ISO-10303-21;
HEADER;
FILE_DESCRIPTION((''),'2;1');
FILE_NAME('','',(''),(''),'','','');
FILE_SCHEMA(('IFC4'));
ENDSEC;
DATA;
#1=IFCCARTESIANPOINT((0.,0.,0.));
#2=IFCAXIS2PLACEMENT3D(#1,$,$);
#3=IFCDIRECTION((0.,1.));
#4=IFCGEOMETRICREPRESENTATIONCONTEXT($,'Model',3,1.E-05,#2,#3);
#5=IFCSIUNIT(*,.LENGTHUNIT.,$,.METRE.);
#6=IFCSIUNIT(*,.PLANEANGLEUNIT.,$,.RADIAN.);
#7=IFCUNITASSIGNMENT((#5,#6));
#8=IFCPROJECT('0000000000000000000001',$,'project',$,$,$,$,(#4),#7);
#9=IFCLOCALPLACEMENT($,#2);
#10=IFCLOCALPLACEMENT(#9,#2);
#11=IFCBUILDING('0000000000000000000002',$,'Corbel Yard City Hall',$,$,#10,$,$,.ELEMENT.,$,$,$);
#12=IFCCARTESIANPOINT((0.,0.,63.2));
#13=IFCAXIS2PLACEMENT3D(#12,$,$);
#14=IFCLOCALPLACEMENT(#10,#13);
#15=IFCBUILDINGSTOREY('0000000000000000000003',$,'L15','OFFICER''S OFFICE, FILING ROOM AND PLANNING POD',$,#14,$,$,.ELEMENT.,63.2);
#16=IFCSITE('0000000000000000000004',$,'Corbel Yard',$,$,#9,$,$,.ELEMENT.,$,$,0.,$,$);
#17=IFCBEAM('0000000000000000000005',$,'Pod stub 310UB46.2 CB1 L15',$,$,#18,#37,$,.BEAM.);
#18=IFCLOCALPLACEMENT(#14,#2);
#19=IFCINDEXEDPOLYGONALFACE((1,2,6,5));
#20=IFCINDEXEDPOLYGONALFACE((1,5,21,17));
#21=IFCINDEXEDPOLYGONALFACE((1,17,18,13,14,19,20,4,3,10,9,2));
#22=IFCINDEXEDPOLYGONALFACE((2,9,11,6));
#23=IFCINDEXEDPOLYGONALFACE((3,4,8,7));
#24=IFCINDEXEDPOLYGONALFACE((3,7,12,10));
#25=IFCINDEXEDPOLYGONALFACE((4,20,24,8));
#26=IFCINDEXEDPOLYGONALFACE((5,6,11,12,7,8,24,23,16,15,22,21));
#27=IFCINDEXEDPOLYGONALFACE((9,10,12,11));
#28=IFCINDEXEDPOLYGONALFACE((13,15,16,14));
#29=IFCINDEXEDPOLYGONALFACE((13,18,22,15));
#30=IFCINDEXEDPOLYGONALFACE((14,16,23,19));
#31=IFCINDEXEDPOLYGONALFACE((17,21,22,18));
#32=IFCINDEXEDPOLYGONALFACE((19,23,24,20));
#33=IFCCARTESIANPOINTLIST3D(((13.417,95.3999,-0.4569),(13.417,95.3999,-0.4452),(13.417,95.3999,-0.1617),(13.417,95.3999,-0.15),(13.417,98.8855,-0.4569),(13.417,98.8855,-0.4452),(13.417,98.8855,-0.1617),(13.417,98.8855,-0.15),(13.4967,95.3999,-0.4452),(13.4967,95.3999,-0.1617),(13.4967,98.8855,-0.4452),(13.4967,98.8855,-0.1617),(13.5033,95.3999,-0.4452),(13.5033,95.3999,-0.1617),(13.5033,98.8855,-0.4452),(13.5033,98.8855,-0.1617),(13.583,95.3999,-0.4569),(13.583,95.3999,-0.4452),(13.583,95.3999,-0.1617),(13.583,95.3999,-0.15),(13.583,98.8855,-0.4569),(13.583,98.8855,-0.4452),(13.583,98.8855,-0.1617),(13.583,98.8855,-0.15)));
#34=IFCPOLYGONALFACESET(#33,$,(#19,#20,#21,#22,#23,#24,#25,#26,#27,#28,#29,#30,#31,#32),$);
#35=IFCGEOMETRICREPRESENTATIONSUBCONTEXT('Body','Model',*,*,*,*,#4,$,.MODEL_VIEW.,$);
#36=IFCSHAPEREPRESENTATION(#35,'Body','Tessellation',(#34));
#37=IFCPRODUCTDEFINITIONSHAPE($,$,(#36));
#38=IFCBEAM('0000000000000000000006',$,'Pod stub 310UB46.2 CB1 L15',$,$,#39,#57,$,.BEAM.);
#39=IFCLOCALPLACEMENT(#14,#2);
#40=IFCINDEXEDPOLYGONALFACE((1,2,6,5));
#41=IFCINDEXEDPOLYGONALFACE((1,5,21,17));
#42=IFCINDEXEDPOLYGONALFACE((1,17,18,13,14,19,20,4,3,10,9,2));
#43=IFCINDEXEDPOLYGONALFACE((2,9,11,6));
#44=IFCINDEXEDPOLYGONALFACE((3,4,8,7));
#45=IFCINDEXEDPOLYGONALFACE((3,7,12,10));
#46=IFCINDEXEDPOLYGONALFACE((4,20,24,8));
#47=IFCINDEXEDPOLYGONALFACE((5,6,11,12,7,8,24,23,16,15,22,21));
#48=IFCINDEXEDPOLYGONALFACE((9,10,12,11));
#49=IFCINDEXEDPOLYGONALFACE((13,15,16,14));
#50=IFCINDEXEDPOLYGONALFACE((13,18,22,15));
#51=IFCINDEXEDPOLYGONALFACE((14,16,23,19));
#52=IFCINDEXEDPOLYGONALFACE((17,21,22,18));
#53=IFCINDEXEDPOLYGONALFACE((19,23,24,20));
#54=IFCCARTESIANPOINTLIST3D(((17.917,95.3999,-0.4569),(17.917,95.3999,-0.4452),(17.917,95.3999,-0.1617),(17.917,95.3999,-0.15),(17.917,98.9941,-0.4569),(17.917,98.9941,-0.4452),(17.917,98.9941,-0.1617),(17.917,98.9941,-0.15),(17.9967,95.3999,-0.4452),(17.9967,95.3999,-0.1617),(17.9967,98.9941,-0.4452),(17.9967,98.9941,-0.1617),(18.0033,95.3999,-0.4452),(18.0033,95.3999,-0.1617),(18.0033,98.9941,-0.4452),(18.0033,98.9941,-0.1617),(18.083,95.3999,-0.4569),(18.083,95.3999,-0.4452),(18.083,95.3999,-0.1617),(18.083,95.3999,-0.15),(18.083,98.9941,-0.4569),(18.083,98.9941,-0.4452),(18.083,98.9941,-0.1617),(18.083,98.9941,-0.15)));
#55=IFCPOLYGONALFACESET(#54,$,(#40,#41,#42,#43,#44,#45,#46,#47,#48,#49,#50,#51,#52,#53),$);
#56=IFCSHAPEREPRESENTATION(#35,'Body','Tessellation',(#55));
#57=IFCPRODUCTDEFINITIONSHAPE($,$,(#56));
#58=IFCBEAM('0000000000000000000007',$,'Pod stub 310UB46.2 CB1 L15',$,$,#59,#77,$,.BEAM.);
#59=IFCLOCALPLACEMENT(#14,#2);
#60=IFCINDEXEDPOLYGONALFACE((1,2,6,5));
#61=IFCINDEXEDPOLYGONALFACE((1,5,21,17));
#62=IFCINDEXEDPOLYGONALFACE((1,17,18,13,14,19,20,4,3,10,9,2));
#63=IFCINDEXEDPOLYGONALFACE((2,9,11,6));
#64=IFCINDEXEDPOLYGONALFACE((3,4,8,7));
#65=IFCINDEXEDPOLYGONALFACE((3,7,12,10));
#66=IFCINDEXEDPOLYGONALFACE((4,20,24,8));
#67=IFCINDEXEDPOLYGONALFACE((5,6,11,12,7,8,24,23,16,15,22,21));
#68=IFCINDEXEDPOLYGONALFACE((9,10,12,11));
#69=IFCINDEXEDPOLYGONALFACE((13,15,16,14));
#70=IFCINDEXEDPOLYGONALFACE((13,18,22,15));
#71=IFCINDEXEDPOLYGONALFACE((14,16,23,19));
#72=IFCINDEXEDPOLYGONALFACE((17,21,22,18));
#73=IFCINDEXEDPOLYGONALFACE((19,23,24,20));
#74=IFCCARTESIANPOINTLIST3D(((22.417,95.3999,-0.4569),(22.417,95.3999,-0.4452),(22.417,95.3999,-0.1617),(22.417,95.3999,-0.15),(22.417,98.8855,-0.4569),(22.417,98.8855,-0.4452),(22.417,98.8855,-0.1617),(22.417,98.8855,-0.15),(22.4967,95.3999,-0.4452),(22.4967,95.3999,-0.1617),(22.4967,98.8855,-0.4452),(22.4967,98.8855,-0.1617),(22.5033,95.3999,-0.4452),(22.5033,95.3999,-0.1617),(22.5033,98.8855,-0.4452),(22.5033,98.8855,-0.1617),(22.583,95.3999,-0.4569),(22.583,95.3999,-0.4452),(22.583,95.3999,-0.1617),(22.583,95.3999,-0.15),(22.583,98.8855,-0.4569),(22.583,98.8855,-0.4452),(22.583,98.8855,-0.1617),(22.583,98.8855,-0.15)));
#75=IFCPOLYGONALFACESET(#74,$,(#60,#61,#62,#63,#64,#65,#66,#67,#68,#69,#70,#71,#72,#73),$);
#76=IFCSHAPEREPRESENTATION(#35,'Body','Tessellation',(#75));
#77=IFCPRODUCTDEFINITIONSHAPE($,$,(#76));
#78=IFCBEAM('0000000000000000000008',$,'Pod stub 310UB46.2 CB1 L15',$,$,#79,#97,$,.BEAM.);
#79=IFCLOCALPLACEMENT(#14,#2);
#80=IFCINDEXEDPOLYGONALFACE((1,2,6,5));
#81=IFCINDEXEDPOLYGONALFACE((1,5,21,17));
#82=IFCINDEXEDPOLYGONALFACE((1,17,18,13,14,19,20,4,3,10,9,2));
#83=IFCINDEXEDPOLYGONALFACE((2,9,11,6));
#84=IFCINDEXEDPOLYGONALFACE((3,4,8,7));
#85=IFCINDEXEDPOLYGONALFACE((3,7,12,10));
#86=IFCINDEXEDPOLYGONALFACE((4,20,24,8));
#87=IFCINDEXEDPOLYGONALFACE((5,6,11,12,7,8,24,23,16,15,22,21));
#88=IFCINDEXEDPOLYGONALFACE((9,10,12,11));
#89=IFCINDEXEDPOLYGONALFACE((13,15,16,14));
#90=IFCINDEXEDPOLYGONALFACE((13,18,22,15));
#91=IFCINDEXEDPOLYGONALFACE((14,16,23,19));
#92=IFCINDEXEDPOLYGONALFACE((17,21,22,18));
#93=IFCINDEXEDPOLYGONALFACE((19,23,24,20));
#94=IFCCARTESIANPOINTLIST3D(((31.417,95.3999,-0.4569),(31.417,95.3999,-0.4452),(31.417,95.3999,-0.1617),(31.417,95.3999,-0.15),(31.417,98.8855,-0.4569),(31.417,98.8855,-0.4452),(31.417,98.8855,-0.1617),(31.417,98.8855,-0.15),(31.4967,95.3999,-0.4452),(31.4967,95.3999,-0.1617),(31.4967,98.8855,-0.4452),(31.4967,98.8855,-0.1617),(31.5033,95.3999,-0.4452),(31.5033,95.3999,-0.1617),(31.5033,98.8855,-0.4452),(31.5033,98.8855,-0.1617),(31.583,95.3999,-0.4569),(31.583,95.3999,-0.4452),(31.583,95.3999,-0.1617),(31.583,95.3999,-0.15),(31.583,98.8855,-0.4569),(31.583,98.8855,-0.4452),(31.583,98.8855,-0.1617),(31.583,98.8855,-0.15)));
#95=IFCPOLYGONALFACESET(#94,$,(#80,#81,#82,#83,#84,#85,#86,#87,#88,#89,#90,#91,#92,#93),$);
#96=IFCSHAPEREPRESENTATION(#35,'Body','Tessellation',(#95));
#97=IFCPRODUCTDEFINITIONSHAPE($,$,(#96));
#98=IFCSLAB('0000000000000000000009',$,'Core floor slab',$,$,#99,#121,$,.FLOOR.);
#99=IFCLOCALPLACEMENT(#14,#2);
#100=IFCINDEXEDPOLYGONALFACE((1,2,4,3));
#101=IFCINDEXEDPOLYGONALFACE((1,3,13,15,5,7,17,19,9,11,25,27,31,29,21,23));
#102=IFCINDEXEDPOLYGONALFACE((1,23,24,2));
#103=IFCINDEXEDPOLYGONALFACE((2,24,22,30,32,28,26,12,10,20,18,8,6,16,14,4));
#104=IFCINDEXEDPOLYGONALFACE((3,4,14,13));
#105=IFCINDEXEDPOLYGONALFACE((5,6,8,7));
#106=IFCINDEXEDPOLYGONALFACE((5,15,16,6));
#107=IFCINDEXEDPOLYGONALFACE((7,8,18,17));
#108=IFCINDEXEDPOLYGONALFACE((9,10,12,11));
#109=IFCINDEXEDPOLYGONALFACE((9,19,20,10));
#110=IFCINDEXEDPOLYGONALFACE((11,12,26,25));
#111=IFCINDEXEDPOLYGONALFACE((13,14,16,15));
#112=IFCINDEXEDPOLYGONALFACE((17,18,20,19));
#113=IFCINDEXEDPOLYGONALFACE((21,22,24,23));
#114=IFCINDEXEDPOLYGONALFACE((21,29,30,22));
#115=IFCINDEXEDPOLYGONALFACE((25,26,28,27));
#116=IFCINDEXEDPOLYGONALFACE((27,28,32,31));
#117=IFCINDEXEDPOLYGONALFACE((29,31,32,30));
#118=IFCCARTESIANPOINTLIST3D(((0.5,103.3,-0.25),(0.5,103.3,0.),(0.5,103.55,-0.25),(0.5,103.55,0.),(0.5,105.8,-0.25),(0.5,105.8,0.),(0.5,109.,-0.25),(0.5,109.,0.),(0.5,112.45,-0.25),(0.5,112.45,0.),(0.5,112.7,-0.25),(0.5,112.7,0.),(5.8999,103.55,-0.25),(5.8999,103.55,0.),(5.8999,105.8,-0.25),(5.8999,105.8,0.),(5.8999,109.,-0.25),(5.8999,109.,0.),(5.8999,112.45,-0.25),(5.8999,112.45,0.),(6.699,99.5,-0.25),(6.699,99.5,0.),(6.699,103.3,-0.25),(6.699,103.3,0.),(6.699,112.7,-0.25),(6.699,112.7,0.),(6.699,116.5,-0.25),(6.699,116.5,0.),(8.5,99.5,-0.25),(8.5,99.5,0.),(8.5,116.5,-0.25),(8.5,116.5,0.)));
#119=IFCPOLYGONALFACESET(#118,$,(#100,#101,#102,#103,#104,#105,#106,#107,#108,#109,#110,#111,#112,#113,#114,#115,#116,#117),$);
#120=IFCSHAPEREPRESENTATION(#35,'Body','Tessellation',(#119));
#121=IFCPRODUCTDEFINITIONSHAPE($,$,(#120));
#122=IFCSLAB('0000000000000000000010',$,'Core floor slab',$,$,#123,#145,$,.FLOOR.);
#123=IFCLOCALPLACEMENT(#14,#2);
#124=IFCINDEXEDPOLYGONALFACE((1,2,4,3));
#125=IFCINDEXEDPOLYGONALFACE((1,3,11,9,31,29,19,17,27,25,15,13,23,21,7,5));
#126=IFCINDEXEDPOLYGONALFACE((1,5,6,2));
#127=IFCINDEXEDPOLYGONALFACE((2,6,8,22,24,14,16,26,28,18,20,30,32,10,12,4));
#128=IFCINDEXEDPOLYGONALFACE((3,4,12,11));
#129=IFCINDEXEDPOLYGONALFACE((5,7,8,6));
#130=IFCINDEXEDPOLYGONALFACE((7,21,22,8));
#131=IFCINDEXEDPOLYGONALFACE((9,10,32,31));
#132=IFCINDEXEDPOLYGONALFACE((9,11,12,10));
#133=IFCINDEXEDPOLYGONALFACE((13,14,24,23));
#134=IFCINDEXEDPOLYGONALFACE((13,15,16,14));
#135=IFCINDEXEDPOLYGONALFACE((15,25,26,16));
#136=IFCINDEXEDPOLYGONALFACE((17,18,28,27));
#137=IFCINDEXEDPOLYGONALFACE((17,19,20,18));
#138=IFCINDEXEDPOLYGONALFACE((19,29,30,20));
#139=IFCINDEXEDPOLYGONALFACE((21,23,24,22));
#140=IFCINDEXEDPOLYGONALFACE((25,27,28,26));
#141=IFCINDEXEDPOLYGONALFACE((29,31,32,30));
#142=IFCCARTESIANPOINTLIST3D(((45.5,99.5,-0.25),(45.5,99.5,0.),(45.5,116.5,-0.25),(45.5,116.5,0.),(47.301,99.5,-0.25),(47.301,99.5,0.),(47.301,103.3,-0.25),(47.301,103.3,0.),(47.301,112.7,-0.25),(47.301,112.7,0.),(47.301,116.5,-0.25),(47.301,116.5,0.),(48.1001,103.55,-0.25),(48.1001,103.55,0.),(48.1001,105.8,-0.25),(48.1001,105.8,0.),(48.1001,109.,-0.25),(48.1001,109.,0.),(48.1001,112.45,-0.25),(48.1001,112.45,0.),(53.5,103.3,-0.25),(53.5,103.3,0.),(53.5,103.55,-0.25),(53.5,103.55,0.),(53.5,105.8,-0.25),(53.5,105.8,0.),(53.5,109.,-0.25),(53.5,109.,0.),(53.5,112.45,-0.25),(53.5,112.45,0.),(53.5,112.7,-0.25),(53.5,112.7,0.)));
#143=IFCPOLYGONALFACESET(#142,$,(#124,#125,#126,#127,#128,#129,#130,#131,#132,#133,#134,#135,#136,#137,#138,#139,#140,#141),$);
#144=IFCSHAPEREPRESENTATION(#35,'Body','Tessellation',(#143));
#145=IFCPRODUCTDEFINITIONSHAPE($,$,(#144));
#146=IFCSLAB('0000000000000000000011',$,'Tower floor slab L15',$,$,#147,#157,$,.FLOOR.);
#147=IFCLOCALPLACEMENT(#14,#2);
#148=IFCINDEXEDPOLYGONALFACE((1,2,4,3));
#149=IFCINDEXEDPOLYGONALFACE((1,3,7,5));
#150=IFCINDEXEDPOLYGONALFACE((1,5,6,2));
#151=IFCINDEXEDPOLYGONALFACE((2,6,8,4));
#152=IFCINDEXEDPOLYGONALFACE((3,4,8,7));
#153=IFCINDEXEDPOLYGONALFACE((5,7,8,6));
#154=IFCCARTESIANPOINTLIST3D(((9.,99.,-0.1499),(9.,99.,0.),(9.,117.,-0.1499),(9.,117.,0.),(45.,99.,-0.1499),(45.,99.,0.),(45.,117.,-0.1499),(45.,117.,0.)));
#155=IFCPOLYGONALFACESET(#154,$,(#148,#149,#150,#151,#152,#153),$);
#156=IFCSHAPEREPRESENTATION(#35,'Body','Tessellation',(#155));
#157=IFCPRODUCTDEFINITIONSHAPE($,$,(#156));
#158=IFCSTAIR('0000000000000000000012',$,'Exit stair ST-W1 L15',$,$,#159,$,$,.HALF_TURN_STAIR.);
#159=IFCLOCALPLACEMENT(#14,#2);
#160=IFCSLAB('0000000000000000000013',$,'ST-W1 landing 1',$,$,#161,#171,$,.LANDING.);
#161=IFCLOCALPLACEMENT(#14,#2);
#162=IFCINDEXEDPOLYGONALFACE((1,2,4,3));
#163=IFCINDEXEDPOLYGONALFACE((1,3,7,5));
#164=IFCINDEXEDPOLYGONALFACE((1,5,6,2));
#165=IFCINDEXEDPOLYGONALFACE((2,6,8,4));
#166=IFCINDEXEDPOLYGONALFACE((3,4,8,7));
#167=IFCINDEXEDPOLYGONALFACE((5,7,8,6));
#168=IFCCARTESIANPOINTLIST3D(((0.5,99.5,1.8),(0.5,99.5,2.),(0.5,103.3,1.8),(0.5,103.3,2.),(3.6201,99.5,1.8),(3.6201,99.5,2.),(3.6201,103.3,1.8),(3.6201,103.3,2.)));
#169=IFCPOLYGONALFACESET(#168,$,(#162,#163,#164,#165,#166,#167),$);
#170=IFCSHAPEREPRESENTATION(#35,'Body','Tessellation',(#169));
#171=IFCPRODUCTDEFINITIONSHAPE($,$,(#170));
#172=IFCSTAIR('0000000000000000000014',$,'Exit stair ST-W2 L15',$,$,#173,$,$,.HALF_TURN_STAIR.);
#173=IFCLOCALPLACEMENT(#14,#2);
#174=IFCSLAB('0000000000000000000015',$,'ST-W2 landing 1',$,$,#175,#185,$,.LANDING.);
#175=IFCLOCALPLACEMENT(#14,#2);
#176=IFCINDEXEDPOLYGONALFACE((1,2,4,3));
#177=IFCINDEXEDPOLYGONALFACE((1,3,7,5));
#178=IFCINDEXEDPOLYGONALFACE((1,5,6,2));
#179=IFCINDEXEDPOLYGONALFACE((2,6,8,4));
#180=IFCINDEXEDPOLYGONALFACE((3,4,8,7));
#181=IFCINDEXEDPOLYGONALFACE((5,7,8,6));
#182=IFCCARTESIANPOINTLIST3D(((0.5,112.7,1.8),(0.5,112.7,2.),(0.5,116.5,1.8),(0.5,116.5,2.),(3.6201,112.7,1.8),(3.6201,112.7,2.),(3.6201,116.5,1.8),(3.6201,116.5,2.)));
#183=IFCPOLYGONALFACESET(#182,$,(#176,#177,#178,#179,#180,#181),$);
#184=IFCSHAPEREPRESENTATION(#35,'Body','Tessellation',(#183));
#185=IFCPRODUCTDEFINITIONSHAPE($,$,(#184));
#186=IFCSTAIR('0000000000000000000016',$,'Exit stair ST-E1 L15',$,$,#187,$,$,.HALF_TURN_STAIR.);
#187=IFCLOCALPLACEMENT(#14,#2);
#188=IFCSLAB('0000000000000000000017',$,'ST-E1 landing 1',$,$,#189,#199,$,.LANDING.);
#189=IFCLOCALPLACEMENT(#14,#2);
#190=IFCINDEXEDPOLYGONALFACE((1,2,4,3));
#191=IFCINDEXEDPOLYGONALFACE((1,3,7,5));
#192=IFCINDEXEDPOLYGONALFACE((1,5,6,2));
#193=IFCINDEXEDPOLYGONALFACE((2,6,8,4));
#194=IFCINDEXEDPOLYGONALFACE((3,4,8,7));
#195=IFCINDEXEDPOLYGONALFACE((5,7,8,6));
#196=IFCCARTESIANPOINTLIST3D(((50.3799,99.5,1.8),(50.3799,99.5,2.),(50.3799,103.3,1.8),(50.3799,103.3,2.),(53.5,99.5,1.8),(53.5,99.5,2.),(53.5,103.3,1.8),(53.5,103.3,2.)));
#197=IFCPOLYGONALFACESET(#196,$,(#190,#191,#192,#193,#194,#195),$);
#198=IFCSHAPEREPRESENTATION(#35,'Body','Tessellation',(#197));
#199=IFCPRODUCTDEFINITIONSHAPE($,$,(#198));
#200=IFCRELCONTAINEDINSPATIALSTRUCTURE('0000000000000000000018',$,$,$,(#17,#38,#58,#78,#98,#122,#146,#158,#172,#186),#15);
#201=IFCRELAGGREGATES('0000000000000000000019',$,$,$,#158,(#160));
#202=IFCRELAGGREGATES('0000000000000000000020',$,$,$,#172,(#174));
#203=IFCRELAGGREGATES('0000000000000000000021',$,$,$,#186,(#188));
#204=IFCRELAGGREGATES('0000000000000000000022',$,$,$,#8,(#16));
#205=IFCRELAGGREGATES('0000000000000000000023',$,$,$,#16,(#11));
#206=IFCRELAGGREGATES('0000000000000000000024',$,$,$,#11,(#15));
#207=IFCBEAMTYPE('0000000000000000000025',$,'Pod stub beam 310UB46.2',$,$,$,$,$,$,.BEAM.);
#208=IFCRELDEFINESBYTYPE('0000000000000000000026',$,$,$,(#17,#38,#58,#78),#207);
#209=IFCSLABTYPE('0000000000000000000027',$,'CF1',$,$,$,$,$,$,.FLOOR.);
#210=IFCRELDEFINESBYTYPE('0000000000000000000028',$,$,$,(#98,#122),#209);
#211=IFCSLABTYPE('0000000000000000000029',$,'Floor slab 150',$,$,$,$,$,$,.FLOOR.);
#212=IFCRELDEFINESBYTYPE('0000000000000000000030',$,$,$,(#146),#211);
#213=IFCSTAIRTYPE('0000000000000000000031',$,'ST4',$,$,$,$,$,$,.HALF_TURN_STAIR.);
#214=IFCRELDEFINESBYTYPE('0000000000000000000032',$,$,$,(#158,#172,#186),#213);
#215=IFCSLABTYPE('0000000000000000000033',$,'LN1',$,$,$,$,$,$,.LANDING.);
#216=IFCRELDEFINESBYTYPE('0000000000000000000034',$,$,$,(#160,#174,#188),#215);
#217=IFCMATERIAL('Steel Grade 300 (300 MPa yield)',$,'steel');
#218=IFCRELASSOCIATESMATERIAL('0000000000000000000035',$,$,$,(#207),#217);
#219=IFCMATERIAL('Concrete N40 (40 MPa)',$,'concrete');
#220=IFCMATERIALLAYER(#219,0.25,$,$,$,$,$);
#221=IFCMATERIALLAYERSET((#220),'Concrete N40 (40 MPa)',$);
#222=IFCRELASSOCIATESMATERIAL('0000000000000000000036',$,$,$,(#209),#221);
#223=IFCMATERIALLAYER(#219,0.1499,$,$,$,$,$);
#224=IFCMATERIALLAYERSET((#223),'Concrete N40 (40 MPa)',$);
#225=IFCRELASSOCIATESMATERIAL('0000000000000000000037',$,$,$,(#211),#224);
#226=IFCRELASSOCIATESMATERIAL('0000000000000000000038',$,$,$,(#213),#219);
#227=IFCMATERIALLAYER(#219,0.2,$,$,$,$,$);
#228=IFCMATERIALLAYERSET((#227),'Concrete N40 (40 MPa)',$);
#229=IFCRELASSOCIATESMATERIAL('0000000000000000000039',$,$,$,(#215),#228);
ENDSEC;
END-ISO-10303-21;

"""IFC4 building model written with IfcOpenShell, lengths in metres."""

from ifc_helpers import new_model, si_unit, direction, frame, origin, origin_2d, place, context, subcontext, project, spatial, polyline, i_section, outline, extrude, material, layer, layer_set, material_profile, profile_set, type_object, element, aggregate, save


model = new_model("IFC4")

# Units and contexts
model_context = context("Model", 3, precision=1e-05, world=origin(), true_north=direction((0.0, 1.0)))
body_context = subcontext(model_context, "Body", "Model", "MODEL_VIEW")
ifc_project = project(units=[si_unit("LENGTHUNIT", "METRE"), si_unit("PLANEANGLEUNIT", "RADIAN")], contexts=[model_context])

# Site, building, storey
site_placement = place(None, origin())
site = spatial("IfcSite", under=ifc_project, at=site_placement, Name="Corbel Yard", CompositionType="ELEMENT", RefElevation=0.0)
building_placement = place(site_placement, origin())
building = spatial("IfcBuilding", under=site, at=building_placement, Name="Corbel Yard City Hall", CompositionType="ELEMENT")
storey_placement = place(building_placement, frame((0.0, 0.0, 63.2)))
storey = spatial("IfcBuildingStorey", under=building, at=storey_placement, Name="L15", Description="OFFICER'S OFFICE, FILING ROOM AND PLANNING POD", CompositionType="ELEMENT", Elevation=63.2)

# Beams
ifc_material_1 = material(Name="Steel Grade 300 (300 MPa yield)", Category="steel")
ifc_material_profile = material_profile(ifc_material_1, i_section(OverallWidth=0.166, OverallDepth=0.3069, WebThickness=0.0066, FlangeThickness=0.0117, at=origin_2d()), Name="310UB46.2")
ifc_profile_set = profile_set([ifc_material_profile], Name="Steel Grade 300 (300 MPa yield)")
beam_type = type_object("IfcBeamType", Name="Pod stub beam 310UB46.2", PredefinedType="BEAM", material=ifc_profile_set)
beam_1_placement = place(storey_placement, frame((13.5, 95.3999, -0.3035), z_axis=(0.0, 1.0, 0.0), x_axis=(-1.0, 0.0, 0.0)))
element("IfcBeam", 1, at=beam_1_placement, inside=storey, type_object=beam_type, Name="Pod stub 310UB46.2 CB1 L15", PredefinedType="BEAM", context=body_context, shape_type="SweptSolid", body=[
    extrude(i_section(OverallWidth=0.166, OverallDepth=0.3069, WebThickness=0.0066, FlangeThickness=0.0117, at=origin_2d()), origin(), (0.0, 0.0, 1.0), 3.4856),
])
beam_2_placement = place(storey_placement, frame((18.0, 95.3999, -0.3035), z_axis=(0.0, 1.0, 0.0), x_axis=(-1.0, 0.0, 0.0)))
element("IfcBeam", 2, at=beam_2_placement, inside=storey, type_object=beam_type, Name="Pod stub 310UB46.2 CB1 L15", PredefinedType="BEAM", context=body_context, shape_type="SweptSolid", body=[
    extrude(i_section(OverallWidth=0.166, OverallDepth=0.3069, WebThickness=0.0066, FlangeThickness=0.0117, at=origin_2d()), origin(), (0.0, 0.0, 1.0), 3.5942),
])
for number, where, z_axis, x_axis, name in (
    (3, (22.5, 95.3999, -0.3035), (0.0, 1.0, 0.0), (-1.0, 0.0, 0.0), "Pod stub 310UB46.2 CB1 L15"),
    (4, (31.5, 95.3999, -0.3035), (0.0, 1.0, 0.0), (-1.0, 0.0, 0.0), "Pod stub 310UB46.2 CB1 L15"),
):
    element("IfcBeam", number, at=place(storey_placement, frame(where, z_axis=z_axis, x_axis=x_axis)), inside=storey, type_object=beam_type, Name=name, PredefinedType="BEAM", context=body_context, shape_type="SweptSolid", body=[
        extrude(i_section(OverallWidth=0.166, OverallDepth=0.3069, WebThickness=0.0066, FlangeThickness=0.0117, at=origin_2d()), origin(), (0.0, 0.0, 1.0), 3.4856),
    ])

# Slabs
ifc_material_2 = material(Name="Concrete N40 (40 MPa)", Category="concrete")
ifc_layer_1 = layer(ifc_material_2, 0.25)
ifc_layer_set_1 = layer_set([ifc_layer_1], Name="Concrete N40 (40 MPa)")
slab_type_1 = type_object("IfcSlabType", Name="CF1", PredefinedType="FLOOR", material=ifc_layer_set_1)
slab_1_placement = place(storey_placement, frame((0.0, 0.0, -0.25)))
element("IfcSlab", 5, at=slab_1_placement, inside=storey, type_object=slab_type_1, Name="Core floor slab", PredefinedType="FLOOR", context=body_context, shape_type="SweptSolid", body=[
    extrude(outline(polyline([(8.5, 116.5), (6.699, 116.5), (6.699, 112.7), (0.5, 112.7), (0.5, 112.45), (5.8999, 112.45), (5.8999, 109.0), (0.5, 109.0), (0.5, 105.8), (5.8999, 105.8), (5.8999, 103.55), (0.5, 103.55), (0.5, 103.3), (6.699, 103.3), (6.699, 99.5), (8.5, 99.5), (8.5, 116.5)])), origin(), (0.0, 0.0, 1.0), 0.25),
])
slab_2_placement = place(storey_placement, frame((0.0, 0.0, -0.25)))
element("IfcSlab", 6, at=slab_2_placement, inside=storey, type_object=slab_type_1, Name="Core floor slab", PredefinedType="FLOOR", context=body_context, shape_type="SweptSolid", body=[
    extrude(outline(polyline([(53.5, 103.3), (53.5, 103.55), (48.1001, 103.55), (48.1001, 105.8), (53.5, 105.8), (53.5, 109.0), (48.1001, 109.0), (48.1001, 112.45), (53.5, 112.45), (53.5, 112.7), (47.301, 112.7), (47.301, 116.5), (45.5, 116.5), (45.5, 99.5), (47.301, 99.5), (47.301, 103.3), (53.5, 103.3)])), origin(), (0.0, 0.0, 1.0), 0.25),
])
ifc_layer_2 = layer(ifc_material_2, 0.1499)
ifc_layer_set_2 = layer_set([ifc_layer_2], Name="Concrete N40 (40 MPa)")
slab_type_2 = type_object("IfcSlabType", Name="Floor slab 150", PredefinedType="FLOOR", material=ifc_layer_set_2)
slab_3_placement = place(storey_placement, frame((0.0, 0.0, -0.1499)))
element("IfcSlab", 7, at=slab_3_placement, inside=storey, type_object=slab_type_2, Name="Tower floor slab L15", PredefinedType="FLOOR", context=body_context, shape_type="SweptSolid", body=[
    extrude(outline(polyline([(45.0, 99.0), (45.0, 117.0), (9.0, 117.0), (9.0, 99.0), (45.0, 99.0)])), origin(), (0.0, 0.0, 1.0), 0.1499),
])

# Stairs, slabs
stair_type = type_object("IfcStairType", Name="ST4", PredefinedType="HALF_TURN_STAIR", material=ifc_material_2)
stair_1_placement = place(storey_placement, origin())
stair_1 = element("IfcStair", 8, at=stair_1_placement, inside=storey, type_object=stair_type, Name="Exit stair ST-W1 L15", PredefinedType="HALF_TURN_STAIR")
ifc_layer_3 = layer(ifc_material_2, 0.2)
ifc_layer_set_3 = layer_set([ifc_layer_3], Name="Concrete N40 (40 MPa)")
slab_type_3 = type_object("IfcSlabType", Name="LN1", PredefinedType="LANDING", material=ifc_layer_set_3)
slab_4_placement = place(storey_placement, frame((0.0, 0.0, 1.8)))
slab_4 = element("IfcSlab", 9, at=slab_4_placement, type_object=slab_type_3, Name="ST-W1 landing 1", PredefinedType="LANDING", context=body_context, shape_type="SweptSolid", body=[
    extrude(outline(polyline([(0.5, 99.5), (3.6201, 99.5), (3.6201, 103.3), (0.5, 103.3), (0.5, 99.5)])), origin(), (0.0, 0.0, 1.0), 0.2),
])
aggregate(stair_1, [slab_4])
stair_2_placement = place(storey_placement, origin())
stair_2 = element("IfcStair", 10, at=stair_2_placement, inside=storey, type_object=stair_type, Name="Exit stair ST-W2 L15", PredefinedType="HALF_TURN_STAIR")
slab_5_placement = place(storey_placement, frame((0.0, 0.0, 1.8)))
slab_5 = element("IfcSlab", 11, at=slab_5_placement, type_object=slab_type_3, Name="ST-W2 landing 1", PredefinedType="LANDING", context=body_context, shape_type="SweptSolid", body=[
    extrude(outline(polyline([(0.5, 112.7), (3.6201, 112.7), (3.6201, 116.5), (0.5, 116.5), (0.5, 112.7)])), origin(), (0.0, 0.0, 1.0), 0.2),
])
aggregate(stair_2, [slab_5])
stair_3_placement = place(storey_placement, origin())
stair_3 = element("IfcStair", 12, at=stair_3_placement, inside=storey, type_object=stair_type, Name="Exit stair ST-E1 L15", PredefinedType="HALF_TURN_STAIR")
slab_6_placement = place(storey_placement, frame((0.0, 0.0, 1.8)))
slab_6 = element("IfcSlab", 13, at=slab_6_placement, type_object=slab_type_3, Name="ST-E1 landing 1", PredefinedType="LANDING", context=body_context, shape_type="SweptSolid", body=[
    extrude(outline(polyline([(50.3799, 99.5), (53.5, 99.5), (53.5, 103.3), (50.3799, 103.3), (50.3799, 99.5)])), origin(), (0.0, 0.0, 1.0), 0.2),
])
aggregate(stair_3, [slab_6])

save(model, "model.ifc")
